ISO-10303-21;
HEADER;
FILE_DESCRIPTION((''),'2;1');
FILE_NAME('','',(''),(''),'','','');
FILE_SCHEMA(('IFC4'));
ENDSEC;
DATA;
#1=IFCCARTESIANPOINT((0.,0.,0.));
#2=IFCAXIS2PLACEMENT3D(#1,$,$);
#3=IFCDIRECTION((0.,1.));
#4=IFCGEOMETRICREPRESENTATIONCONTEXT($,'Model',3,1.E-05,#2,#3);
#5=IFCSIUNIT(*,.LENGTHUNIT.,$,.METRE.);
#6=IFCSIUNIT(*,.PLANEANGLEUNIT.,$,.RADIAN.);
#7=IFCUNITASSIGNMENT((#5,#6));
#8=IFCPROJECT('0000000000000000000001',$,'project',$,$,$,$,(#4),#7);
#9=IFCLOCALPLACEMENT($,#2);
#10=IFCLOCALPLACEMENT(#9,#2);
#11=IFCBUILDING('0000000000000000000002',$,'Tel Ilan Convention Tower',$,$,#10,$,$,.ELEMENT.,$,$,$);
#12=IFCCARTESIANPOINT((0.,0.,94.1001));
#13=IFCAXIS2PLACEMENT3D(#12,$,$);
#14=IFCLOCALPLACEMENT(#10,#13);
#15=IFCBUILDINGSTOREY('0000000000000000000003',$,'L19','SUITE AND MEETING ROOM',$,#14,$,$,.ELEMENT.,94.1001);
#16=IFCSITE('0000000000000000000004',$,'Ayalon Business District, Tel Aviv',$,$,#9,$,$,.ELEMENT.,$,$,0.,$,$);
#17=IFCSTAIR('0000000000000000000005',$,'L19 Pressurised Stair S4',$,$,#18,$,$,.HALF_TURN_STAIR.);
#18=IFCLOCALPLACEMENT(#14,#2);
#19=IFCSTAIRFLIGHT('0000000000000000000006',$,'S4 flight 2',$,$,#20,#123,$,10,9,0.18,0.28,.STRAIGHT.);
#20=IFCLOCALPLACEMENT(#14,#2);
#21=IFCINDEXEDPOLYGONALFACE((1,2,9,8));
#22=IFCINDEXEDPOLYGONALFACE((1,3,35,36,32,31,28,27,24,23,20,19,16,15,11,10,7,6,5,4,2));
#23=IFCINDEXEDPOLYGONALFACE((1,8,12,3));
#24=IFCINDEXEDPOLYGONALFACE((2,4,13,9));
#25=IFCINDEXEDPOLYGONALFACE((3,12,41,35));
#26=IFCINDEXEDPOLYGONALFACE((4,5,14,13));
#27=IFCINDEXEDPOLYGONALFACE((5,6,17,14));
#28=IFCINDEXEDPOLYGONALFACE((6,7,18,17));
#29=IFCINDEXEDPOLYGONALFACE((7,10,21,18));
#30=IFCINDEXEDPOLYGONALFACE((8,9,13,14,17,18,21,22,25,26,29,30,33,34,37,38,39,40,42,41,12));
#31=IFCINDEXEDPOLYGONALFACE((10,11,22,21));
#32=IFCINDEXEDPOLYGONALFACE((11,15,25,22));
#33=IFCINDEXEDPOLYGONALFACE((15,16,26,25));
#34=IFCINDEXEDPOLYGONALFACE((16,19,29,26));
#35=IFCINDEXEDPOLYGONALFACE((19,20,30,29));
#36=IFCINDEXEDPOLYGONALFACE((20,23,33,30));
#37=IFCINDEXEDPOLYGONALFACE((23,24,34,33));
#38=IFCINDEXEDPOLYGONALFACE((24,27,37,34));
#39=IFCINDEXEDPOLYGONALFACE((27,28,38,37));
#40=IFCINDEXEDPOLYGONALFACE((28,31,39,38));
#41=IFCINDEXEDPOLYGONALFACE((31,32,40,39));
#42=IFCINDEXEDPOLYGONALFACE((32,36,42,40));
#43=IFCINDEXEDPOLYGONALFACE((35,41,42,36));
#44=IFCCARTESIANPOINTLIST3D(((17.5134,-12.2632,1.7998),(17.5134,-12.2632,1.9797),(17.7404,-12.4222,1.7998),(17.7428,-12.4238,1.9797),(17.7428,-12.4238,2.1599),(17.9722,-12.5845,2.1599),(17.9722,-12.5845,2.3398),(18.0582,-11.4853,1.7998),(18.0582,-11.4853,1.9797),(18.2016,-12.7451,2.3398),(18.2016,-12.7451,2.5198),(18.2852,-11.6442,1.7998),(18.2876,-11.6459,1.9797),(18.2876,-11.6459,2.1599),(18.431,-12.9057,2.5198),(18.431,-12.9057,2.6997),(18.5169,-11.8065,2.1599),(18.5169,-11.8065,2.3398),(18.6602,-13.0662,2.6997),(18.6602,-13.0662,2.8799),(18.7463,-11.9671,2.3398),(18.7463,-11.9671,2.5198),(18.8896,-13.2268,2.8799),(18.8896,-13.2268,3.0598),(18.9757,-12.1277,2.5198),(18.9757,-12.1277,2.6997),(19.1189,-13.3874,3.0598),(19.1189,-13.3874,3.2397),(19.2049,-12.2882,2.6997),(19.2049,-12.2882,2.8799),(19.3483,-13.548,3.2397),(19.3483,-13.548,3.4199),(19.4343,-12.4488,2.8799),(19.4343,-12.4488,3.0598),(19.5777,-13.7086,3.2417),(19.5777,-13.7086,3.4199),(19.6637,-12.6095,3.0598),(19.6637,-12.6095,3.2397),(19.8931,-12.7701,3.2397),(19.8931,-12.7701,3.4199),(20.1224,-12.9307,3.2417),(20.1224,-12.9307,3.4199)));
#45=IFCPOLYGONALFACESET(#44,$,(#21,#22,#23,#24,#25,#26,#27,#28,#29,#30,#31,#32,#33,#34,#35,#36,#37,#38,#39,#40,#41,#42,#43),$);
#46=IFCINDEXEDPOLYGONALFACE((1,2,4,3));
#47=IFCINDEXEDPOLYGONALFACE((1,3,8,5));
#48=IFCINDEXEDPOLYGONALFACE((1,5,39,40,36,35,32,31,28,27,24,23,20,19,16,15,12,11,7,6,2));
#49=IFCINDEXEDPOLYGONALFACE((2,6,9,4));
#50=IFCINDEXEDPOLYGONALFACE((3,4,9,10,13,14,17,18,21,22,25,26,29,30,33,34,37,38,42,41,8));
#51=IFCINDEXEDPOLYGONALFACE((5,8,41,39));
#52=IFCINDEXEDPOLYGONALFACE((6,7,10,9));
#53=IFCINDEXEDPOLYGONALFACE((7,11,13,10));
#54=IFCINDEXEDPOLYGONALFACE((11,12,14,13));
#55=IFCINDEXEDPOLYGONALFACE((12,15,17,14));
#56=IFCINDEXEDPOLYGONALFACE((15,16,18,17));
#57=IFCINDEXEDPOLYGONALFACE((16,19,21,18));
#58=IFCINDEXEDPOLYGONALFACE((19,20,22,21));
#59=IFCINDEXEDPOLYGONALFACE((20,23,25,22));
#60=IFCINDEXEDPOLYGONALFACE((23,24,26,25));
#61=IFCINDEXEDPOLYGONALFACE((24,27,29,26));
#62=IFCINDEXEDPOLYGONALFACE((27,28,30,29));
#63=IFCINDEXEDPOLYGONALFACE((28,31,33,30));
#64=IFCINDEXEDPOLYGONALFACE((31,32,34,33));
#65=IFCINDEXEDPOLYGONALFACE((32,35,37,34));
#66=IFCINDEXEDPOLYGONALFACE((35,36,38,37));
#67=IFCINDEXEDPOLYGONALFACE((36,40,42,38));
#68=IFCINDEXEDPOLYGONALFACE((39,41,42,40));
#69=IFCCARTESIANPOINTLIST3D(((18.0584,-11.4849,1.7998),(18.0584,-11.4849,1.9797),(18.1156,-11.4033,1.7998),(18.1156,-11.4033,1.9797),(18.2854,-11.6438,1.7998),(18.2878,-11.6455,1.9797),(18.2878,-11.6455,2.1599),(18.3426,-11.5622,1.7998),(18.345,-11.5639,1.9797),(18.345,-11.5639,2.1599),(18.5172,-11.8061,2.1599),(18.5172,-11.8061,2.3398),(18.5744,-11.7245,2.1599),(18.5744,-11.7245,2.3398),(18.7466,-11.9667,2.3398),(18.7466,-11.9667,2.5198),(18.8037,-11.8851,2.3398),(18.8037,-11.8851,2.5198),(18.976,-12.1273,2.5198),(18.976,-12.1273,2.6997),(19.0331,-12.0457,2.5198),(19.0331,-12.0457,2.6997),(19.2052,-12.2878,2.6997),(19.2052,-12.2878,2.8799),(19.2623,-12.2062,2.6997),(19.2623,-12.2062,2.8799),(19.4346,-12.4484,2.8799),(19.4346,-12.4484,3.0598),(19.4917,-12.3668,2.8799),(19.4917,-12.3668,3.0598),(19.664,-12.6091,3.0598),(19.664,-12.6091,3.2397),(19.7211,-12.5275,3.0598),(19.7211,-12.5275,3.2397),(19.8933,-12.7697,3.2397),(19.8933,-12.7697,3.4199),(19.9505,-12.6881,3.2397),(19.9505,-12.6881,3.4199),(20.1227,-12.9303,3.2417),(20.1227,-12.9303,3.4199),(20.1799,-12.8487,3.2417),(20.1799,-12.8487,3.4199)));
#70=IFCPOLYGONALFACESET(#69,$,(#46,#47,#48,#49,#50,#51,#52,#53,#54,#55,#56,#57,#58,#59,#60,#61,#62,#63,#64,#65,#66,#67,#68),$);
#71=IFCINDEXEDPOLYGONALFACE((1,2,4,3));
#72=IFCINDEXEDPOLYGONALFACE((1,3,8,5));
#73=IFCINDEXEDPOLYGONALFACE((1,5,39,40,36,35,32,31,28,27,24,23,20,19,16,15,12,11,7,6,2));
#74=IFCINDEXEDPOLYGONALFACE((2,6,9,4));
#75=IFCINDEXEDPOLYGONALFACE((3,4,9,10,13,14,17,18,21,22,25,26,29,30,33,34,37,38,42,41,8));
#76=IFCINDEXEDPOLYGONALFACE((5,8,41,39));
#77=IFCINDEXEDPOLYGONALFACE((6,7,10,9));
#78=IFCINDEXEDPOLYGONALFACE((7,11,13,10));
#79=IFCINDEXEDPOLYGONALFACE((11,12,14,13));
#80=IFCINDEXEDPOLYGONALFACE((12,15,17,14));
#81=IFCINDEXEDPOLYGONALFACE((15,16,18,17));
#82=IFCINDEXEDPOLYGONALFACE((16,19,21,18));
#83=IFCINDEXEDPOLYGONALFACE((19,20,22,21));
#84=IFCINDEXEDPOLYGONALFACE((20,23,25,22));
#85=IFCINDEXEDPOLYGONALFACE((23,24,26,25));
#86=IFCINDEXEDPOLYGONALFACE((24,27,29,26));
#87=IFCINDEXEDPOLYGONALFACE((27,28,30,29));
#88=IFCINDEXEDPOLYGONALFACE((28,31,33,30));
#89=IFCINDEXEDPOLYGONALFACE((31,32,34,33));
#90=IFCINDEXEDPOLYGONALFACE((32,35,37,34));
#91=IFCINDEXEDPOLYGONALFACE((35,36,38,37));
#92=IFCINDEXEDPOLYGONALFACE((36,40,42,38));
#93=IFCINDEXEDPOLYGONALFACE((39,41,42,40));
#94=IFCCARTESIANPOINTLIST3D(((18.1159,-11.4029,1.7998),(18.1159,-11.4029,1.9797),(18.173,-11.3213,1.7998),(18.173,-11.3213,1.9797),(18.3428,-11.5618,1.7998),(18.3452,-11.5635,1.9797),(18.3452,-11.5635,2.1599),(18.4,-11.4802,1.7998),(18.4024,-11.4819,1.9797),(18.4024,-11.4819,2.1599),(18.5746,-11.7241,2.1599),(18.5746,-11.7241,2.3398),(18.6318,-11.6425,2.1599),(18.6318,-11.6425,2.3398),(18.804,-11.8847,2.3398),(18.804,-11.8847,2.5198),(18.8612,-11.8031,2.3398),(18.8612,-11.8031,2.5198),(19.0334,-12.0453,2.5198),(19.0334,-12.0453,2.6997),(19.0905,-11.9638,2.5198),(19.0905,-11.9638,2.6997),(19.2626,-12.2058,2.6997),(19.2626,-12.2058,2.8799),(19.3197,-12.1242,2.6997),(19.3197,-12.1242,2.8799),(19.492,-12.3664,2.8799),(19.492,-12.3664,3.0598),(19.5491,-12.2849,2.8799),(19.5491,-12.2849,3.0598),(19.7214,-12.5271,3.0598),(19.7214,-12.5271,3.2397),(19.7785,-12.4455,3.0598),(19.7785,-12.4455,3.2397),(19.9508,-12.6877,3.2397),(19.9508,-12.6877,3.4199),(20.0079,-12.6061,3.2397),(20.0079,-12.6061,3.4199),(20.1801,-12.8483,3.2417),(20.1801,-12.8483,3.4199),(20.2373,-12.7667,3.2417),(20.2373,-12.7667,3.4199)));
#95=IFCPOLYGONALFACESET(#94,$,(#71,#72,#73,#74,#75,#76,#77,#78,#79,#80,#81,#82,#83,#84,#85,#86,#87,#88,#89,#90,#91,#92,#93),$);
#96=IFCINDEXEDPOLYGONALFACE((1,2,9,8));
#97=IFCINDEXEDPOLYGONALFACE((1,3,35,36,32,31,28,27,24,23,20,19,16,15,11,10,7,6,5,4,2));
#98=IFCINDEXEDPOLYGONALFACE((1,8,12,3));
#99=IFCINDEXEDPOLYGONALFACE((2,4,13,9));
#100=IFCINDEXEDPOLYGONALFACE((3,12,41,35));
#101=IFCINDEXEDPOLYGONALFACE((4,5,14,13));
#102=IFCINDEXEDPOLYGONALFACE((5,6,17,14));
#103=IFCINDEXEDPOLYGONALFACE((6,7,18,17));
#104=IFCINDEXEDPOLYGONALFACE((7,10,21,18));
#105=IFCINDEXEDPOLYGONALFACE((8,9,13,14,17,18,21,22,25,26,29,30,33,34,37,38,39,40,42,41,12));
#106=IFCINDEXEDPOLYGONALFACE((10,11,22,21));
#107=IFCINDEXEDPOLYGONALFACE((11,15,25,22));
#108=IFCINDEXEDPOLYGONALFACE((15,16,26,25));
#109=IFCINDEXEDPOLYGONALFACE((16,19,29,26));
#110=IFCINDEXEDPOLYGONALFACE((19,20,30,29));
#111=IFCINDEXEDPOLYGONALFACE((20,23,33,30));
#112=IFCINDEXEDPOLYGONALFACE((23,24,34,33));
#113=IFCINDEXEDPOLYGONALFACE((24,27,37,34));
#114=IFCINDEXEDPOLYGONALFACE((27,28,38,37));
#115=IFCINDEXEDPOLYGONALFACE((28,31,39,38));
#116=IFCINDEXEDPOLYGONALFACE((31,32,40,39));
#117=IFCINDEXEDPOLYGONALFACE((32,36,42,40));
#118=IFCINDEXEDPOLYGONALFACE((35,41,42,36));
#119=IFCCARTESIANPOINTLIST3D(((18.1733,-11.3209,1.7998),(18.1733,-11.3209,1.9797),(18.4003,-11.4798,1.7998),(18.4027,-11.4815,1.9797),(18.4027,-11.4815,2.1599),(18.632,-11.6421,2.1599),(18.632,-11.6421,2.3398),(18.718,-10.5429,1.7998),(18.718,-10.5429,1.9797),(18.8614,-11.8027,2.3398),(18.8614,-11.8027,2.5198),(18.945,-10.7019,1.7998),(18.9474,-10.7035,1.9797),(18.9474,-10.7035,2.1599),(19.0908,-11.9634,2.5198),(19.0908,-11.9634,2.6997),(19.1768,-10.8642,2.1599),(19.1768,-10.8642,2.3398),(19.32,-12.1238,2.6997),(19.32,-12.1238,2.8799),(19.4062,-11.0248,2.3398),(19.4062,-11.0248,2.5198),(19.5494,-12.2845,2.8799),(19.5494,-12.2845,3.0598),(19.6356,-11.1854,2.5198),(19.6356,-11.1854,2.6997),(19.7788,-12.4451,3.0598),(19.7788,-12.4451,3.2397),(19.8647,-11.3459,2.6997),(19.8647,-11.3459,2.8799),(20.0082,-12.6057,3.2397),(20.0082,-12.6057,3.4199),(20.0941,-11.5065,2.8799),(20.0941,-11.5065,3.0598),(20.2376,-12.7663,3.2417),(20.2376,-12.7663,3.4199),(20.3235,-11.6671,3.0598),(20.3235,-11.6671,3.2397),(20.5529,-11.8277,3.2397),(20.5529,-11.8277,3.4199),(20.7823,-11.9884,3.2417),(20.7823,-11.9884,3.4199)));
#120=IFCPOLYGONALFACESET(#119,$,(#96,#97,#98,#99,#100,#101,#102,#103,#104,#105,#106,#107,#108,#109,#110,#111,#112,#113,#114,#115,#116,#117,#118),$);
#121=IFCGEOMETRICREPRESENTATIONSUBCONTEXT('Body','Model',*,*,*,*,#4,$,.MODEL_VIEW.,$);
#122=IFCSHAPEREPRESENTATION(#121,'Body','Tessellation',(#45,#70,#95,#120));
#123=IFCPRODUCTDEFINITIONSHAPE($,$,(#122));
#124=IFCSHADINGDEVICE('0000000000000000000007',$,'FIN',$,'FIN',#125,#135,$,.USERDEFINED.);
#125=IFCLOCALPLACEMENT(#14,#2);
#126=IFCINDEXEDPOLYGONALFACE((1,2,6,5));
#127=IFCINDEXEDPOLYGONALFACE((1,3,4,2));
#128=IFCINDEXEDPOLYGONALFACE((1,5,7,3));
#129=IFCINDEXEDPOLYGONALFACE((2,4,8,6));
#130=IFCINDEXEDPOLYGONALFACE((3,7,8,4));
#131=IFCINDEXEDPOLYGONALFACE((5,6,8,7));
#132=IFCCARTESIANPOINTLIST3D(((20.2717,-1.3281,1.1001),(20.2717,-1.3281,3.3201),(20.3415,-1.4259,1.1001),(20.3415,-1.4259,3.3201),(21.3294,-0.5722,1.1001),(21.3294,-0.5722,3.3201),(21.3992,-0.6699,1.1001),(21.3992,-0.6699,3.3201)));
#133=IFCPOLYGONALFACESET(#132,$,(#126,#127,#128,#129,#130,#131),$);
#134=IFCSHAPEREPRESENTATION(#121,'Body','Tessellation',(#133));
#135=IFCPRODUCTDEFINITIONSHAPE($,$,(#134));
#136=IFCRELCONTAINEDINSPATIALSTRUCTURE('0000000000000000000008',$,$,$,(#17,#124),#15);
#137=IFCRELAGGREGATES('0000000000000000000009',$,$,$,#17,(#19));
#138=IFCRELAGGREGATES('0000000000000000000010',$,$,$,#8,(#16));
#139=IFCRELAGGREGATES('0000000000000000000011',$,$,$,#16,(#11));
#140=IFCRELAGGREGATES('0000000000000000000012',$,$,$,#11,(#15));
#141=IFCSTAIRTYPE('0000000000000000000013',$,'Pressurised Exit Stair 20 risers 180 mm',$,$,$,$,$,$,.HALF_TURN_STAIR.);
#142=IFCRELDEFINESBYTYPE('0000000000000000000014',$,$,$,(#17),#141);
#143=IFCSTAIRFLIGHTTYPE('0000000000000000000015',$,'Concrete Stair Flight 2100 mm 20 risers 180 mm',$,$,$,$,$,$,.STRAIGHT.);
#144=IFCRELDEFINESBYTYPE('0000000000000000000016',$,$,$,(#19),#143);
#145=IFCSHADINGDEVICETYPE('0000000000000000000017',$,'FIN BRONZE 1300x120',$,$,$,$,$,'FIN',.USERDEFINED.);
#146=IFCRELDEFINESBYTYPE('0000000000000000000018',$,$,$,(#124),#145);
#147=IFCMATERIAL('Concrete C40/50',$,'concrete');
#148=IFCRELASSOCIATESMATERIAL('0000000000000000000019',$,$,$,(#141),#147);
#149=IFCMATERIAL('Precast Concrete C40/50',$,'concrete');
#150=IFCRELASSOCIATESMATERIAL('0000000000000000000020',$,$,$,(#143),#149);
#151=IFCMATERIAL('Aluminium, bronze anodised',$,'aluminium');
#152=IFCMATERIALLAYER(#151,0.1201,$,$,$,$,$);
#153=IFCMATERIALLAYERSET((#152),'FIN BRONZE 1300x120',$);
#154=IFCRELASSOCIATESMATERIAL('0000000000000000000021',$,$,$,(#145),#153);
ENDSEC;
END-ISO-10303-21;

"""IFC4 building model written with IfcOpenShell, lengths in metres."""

from ifc_helpers import new_model, si_unit, direction, frame, origin, origin_2d, place, context, subcontext, project, spatial, polyline, rectangle, outline, extrude, material, layer, layer_set, type_object, element, aggregate, save


model = new_model("IFC4")

# Units and contexts
model_context = context("Model", 3, precision=1e-05, world=origin(), true_north=direction((0.0, 1.0)))
body_context = subcontext(model_context, "Body", "Model", "MODEL_VIEW")
ifc_project = project(units=[si_unit("LENGTHUNIT", "METRE"), si_unit("PLANEANGLEUNIT", "RADIAN")], contexts=[model_context])

# Site, building, storey
site_placement = place(None, origin())
site = spatial("IfcSite", under=ifc_project, at=site_placement, Name="Ayalon Business District, Tel Aviv", CompositionType="ELEMENT", RefElevation=0.0)
building_placement = place(site_placement, origin())
building = spatial("IfcBuilding", under=site, at=building_placement, Name="Tel Ilan Convention Tower", CompositionType="ELEMENT")
storey_placement = place(building_placement, frame((0.0, 0.0, 94.1001)))
storey = spatial("IfcBuildingStorey", under=building, at=storey_placement, Name="L19", Description="SUITE AND MEETING ROOM", CompositionType="ELEMENT", Elevation=94.1001)

# Stair, stair flight
ifc_material_1 = material(Name="Concrete C40/50", Category="concrete")
stair_type = type_object("IfcStairType", Name="Pressurised Exit Stair 20 risers 180 mm", PredefinedType="HALF_TURN_STAIR", material=ifc_material_1)
ifc_material_2 = material(Name="Precast Concrete C40/50", Category="concrete")
stair_flight_type = type_object("IfcStairFlightType", Name="Concrete Stair Flight 2100 mm 20 risers 180 mm", PredefinedType="STRAIGHT", material=ifc_material_2)
stair_1_placement = place(storey_placement, origin())
stair_1 = element("IfcStair", 1, at=stair_1_placement, inside=storey, type_object=stair_type, Name="L19 Pressurised Stair S4", PredefinedType="HALF_TURN_STAIR")
stair_flight_1_placement = place(storey_placement, frame((18.1157, -11.4031, 1.7998), z_axis=(0.0, 0.0, 1.0), x_axis=(0.819152, -0.573576, 0.0)))
stair_flight_1 = element("IfcStairFlight", 2, at=stair_flight_1_placement, type_object=stair_flight_type, Name="S4 flight 2", NumberOfRisers=10, NumberOfTreads=9, PredefinedType="STRAIGHT", RiserHeight=0.18, TreadLength=0.28, context=body_context, shape_type="SweptSolid", body=[
    extrude(outline(polyline([(0.0, 0.0), (0.0, 0.1799), (0.28, 0.1799), (0.28, 0.3601), (0.5601, 0.3601), (0.5601, 0.54), (0.8401, 0.54), (0.8401, 0.72), (1.1201, 0.72), (1.1201, 0.8999), (1.3999, 0.8999), (1.3999, 1.0801), (1.6799, 1.0801), (1.6799, 1.26), (1.96, 1.26), (1.96, 1.4399), (2.24, 1.4399), (2.24, 1.6201), (2.52, 1.6201), (2.52, 1.8), (2.52, 1.4419), (0.2771, 0.0), (0.0, 0.0)])), frame((0.0, -0.1003, 0.0), z_axis=(0.0, -1.0, 0.0), x_axis=(1.0, 0.0, 0.0)), (0.0, 0.0, 1.0), 0.9497),
    extrude(outline(polyline([(0.0, 0.0), (0.0, 0.1799), (0.28, 0.1799), (0.28, 0.3601), (0.5601, 0.3601), (0.5601, 0.54), (0.8401, 0.54), (0.8401, 0.72), (1.1201, 0.72), (1.1201, 0.8999), (1.3999, 0.8999), (1.3999, 1.0801), (1.6799, 1.0801), (1.6799, 1.26), (1.96, 1.26), (1.96, 1.4399), (2.24, 1.4399), (2.24, 1.6201), (2.52, 1.6201), (2.52, 1.8), (2.52, 1.4419), (0.2771, 0.0), (0.0, 0.0)])), frame((0.0, -0.0002, 0.0), z_axis=(0.0, -1.0, 0.0), x_axis=(1.0, 0.0, 0.0)), (0.0, 0.0, 1.0), 0.0996),
    extrude(outline(polyline([(0.0, 0.0), (0.0, 0.1799), (0.28, 0.1799), (0.28, 0.3601), (0.5601, 0.3601), (0.5601, 0.54), (0.8401, 0.54), (0.8401, 0.72), (1.1201, 0.72), (1.1201, 0.8999), (1.3999, 0.8999), (1.3999, 1.0801), (1.6799, 1.0801), (1.6799, 1.26), (1.96, 1.26), (1.96, 1.4399), (2.24, 1.4399), (2.24, 1.6201), (2.52, 1.6201), (2.52, 1.8), (2.52, 1.4419), (0.2771, 0.0), (0.0, 0.0)])), frame((0.0, 0.0999, 0.0), z_axis=(0.0, -1.0, 0.0), x_axis=(1.0, 0.0, 0.0)), (0.0, 0.0, 1.0), 0.0996),
    extrude(outline(polyline([(0.0, 0.0), (0.0, 0.1799), (0.28, 0.1799), (0.28, 0.3601), (0.5601, 0.3601), (0.5601, 0.54), (0.8401, 0.54), (0.8401, 0.72), (1.1201, 0.72), (1.1201, 0.8999), (1.3999, 0.8999), (1.3999, 1.0801), (1.6799, 1.0801), (1.6799, 1.26), (1.96, 1.26), (1.96, 1.4399), (2.24, 1.4399), (2.24, 1.6201), (2.52, 1.6201), (2.52, 1.8), (2.52, 1.4419), (0.2771, 0.0), (0.0, 0.0)])), frame((0.0, 1.05, 0.0), z_axis=(0.0, -1.0, 0.0), x_axis=(1.0, 0.0, 0.0)), (0.0, 0.0, 1.0), 0.9497),
])
aggregate(stair_1, [stair_flight_1])

# Shading device
ifc_material_3 = material(Name="Aluminium, bronze anodised", Category="aluminium")
ifc_layer_1 = layer(ifc_material_3, 0.1201)
ifc_layer_set_1 = layer_set([ifc_layer_1], Name="FIN BRONZE 1300x120")
shading_device_type = type_object("IfcShadingDeviceType", Name="FIN BRONZE 1300x120", ElementType="FIN", PredefinedType="USERDEFINED", material=ifc_layer_set_1)
shading_device_placement = place(storey_placement, frame((20.8354, -0.999, 1.1001), z_axis=(0.0, 0.0, 1.0), x_axis=(0.813552, 0.581492, 0.0)))
element("IfcShadingDevice", 3, at=shading_device_placement, inside=storey, type_object=shading_device_type, Name="FIN", ObjectType="FIN", PredefinedType="USERDEFINED", context=body_context, shape_type="SweptSolid", body=[
    extrude(rectangle(XDim=1.3, YDim=0.1201, at=origin_2d()), origin(), (0.0, 0.0, 1.0), 2.22),
])

save(model, "model.ifc")
